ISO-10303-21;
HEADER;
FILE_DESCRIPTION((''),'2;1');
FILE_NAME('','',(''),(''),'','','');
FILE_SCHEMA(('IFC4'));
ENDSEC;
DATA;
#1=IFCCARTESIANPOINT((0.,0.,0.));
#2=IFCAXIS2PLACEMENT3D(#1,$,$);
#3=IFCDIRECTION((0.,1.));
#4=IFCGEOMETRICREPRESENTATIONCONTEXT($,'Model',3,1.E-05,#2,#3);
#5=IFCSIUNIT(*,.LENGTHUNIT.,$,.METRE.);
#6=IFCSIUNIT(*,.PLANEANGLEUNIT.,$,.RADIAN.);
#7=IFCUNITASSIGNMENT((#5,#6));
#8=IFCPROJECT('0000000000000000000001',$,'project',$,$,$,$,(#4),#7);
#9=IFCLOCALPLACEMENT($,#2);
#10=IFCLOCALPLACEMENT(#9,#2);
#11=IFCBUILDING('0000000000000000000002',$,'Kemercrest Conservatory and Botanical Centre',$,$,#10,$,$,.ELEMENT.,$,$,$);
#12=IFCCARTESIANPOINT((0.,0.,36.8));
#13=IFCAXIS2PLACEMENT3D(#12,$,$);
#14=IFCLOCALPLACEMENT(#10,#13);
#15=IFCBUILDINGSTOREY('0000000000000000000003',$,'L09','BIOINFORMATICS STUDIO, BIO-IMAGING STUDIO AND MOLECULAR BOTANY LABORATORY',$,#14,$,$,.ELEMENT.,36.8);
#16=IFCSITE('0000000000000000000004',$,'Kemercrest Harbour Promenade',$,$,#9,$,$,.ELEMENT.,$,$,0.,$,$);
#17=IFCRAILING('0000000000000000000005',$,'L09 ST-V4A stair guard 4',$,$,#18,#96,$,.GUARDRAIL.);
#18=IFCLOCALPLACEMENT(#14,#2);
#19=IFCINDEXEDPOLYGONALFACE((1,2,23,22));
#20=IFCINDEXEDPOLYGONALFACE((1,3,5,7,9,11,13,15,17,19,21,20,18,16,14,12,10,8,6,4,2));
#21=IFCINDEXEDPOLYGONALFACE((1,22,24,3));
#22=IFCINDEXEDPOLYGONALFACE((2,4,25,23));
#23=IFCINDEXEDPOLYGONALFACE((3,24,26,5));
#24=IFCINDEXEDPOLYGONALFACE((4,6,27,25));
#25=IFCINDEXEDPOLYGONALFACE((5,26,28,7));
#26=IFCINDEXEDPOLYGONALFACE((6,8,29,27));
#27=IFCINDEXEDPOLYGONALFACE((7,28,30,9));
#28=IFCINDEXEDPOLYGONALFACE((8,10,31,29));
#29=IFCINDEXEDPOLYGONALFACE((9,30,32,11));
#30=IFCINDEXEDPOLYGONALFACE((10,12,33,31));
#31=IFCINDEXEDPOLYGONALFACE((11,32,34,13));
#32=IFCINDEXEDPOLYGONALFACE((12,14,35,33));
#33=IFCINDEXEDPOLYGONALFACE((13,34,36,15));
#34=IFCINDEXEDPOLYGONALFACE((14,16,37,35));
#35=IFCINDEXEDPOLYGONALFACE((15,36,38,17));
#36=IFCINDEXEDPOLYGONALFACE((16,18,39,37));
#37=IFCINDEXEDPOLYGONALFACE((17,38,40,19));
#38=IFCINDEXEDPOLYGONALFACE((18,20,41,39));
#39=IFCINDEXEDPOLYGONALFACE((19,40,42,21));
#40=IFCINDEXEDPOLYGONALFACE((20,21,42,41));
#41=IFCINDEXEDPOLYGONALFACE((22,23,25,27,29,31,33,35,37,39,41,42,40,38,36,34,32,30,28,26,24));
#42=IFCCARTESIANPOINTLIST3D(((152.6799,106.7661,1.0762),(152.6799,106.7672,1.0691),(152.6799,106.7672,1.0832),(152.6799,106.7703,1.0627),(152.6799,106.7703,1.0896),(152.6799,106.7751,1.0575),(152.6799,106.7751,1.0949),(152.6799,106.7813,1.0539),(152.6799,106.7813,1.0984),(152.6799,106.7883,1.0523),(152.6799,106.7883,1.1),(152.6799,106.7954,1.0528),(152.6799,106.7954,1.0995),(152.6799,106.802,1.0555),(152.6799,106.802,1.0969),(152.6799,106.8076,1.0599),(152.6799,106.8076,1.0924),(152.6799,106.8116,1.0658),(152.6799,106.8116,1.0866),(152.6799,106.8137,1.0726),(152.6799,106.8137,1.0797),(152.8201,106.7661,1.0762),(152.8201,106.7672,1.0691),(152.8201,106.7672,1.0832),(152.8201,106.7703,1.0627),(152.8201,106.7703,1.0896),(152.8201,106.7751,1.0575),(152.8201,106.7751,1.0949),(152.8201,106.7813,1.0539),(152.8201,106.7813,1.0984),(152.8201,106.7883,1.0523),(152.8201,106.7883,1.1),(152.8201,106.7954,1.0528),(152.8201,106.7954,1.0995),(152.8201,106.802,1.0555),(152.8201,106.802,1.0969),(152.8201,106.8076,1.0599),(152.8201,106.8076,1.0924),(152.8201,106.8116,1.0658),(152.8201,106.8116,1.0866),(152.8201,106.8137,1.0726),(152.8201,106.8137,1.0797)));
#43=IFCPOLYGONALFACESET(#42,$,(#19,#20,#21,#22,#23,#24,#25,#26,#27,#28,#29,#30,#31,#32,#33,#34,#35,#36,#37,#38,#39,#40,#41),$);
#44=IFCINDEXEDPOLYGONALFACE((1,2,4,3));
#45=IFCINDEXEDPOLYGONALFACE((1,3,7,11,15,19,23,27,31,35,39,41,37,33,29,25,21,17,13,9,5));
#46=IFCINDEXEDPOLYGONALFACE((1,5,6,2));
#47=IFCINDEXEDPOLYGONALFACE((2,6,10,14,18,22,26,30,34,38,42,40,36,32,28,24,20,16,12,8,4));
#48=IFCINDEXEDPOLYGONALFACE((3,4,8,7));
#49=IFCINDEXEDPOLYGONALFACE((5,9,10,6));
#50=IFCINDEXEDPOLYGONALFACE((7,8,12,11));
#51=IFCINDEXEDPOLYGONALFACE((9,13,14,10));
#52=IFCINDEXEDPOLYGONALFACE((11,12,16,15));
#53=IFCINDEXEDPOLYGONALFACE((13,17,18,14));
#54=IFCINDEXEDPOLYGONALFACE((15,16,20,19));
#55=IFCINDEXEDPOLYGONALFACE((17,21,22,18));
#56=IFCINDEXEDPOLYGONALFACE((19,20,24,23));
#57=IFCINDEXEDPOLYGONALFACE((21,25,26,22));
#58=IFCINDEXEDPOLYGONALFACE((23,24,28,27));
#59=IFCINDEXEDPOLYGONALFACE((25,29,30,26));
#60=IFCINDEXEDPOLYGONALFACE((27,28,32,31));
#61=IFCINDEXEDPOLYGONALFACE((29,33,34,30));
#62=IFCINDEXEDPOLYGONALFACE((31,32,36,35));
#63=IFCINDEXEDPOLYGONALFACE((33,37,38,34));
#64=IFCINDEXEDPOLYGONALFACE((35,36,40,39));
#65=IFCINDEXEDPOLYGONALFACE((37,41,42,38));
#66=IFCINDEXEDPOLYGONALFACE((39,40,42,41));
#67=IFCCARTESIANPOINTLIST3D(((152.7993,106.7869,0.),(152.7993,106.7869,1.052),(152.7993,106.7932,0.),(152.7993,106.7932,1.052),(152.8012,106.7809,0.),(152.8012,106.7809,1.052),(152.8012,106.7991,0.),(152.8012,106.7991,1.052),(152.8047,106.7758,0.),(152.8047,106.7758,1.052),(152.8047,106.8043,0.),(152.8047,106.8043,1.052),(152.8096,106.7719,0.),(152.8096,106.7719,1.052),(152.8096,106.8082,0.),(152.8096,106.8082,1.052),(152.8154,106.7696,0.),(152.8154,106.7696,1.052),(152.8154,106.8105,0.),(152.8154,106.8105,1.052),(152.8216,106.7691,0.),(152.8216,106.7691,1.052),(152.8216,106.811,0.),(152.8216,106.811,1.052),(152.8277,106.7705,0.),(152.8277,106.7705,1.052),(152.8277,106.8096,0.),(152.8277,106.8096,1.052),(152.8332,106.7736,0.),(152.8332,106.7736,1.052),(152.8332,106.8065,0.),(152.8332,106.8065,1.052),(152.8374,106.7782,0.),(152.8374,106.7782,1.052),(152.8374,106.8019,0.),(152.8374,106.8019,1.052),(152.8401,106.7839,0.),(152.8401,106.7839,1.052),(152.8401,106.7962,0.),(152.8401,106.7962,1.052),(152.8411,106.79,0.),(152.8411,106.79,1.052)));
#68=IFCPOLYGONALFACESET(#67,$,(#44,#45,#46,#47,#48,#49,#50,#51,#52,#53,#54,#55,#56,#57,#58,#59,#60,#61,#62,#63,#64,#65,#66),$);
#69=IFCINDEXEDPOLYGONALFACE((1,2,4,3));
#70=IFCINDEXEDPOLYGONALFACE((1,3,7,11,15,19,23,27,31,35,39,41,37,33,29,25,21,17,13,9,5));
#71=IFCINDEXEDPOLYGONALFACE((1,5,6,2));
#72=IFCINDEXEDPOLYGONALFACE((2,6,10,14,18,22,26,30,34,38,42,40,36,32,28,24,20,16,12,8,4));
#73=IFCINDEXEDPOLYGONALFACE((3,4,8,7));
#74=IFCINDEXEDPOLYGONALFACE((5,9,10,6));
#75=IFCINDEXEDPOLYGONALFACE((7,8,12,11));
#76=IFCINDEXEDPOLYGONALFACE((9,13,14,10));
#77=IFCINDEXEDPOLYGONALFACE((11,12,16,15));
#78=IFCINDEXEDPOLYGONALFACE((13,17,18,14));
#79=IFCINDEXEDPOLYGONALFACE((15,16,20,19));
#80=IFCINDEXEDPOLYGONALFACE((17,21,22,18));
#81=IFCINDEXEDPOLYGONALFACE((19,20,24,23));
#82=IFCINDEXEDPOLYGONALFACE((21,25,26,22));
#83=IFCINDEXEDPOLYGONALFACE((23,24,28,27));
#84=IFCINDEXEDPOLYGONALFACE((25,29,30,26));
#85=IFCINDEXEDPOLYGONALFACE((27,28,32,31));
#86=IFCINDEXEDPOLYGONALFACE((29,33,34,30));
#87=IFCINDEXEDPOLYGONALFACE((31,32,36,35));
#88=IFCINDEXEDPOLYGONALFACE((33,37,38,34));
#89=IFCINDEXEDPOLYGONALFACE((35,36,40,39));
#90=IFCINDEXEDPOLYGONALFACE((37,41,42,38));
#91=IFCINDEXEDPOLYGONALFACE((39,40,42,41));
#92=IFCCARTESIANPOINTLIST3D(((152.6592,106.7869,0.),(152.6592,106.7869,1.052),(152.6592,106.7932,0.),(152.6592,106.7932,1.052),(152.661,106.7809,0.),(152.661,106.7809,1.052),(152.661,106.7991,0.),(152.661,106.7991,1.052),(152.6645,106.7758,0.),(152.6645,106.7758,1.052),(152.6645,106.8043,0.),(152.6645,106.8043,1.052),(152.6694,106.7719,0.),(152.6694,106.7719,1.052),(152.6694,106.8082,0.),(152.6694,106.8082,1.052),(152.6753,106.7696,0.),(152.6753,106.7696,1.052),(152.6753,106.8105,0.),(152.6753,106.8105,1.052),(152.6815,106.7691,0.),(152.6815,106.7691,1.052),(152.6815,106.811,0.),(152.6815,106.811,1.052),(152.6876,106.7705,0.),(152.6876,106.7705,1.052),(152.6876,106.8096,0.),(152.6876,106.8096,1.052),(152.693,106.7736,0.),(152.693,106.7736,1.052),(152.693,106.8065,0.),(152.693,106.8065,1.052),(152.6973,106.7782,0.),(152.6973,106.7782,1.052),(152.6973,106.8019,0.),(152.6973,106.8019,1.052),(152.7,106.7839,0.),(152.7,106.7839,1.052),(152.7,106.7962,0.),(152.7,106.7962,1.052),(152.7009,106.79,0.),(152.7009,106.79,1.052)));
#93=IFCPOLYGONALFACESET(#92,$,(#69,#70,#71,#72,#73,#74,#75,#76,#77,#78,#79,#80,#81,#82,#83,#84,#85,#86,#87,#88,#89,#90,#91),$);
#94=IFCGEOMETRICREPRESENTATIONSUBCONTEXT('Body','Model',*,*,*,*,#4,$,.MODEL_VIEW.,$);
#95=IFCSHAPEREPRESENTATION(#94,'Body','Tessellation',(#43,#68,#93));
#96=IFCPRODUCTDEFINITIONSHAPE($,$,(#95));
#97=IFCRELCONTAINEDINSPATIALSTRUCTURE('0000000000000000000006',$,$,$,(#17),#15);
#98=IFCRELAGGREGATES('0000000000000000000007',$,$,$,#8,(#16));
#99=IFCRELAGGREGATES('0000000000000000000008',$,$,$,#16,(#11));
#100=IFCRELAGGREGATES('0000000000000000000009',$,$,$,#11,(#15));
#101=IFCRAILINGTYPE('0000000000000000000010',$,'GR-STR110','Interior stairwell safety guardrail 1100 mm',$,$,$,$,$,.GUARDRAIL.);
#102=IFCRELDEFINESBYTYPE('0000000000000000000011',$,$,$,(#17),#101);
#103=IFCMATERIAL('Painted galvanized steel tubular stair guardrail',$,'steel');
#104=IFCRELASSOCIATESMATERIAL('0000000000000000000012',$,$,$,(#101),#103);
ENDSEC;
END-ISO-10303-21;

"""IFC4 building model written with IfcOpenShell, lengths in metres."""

from ifc_helpers import new_model, si_unit, direction, frame, origin, origin_2d, place, context, subcontext, project, spatial, circle, extrude, material, type_object, element, save


model = new_model("IFC4")

# Units and contexts
model_context = context("Model", 3, precision=1e-05, world=origin(), true_north=direction((0.0, 1.0)))
body_context = subcontext(model_context, "Body", "Model", "MODEL_VIEW")
ifc_project = project(units=[si_unit("LENGTHUNIT", "METRE"), si_unit("PLANEANGLEUNIT", "RADIAN")], contexts=[model_context])

# Site, building, storey
site_placement = place(None, origin())
site = spatial("IfcSite", under=ifc_project, at=site_placement, Name="Kemercrest Harbour Promenade", CompositionType="ELEMENT", RefElevation=0.0)
building_placement = place(site_placement, origin())
building = spatial("IfcBuilding", under=site, at=building_placement, Name="Kemercrest Conservatory and Botanical Centre", CompositionType="ELEMENT")
storey_placement = place(building_placement, frame((0.0, 0.0, 36.8)))
storey = spatial("IfcBuildingStorey", under=building, at=storey_placement, Name="L09", Description="BIOINFORMATICS STUDIO, BIO-IMAGING STUDIO AND MOLECULAR BOTANY LABORATORY", CompositionType="ELEMENT", Elevation=36.8)

# Railing
ifc_material_1 = material(Name="Painted galvanized steel tubular stair guardrail", Category="steel")
railing_type_1 = type_object("IfcRailingType", Name="GR-STR110", Description="Interior stairwell safety guardrail 1100 mm", PredefinedType="GUARDRAIL", material=ifc_material_1)
railing_1_placement = place(storey_placement, frame((152.8201, 106.79, 0.0)))
element("IfcRailing", 1, at=railing_1_placement, inside=storey, type_object=railing_type_1, Name="L09 ST-V4A stair guard 4", PredefinedType="GUARDRAIL", context=body_context, shape_type="SweptSolid", body=[
    extrude(circle(Radius=0.0239, at=origin_2d()), frame((0.0, 0.0, 1.0762), z_axis=(-1.0, 0.0, 0.0), x_axis=(0.0, -1.0, 0.0)), (0.0, 0.0, 1.0), 0.1401),
    extrude(circle(Radius=0.021, at=origin_2d()), origin(), (0.0, 0.0, 1.0), 1.052),
    extrude(circle(Radius=0.021, at=origin_2d()), frame((-0.1401, 0.0, 0.0)), (0.0, 0.0, 1.0), 1.052),
])

save(model, "model.ifc")
